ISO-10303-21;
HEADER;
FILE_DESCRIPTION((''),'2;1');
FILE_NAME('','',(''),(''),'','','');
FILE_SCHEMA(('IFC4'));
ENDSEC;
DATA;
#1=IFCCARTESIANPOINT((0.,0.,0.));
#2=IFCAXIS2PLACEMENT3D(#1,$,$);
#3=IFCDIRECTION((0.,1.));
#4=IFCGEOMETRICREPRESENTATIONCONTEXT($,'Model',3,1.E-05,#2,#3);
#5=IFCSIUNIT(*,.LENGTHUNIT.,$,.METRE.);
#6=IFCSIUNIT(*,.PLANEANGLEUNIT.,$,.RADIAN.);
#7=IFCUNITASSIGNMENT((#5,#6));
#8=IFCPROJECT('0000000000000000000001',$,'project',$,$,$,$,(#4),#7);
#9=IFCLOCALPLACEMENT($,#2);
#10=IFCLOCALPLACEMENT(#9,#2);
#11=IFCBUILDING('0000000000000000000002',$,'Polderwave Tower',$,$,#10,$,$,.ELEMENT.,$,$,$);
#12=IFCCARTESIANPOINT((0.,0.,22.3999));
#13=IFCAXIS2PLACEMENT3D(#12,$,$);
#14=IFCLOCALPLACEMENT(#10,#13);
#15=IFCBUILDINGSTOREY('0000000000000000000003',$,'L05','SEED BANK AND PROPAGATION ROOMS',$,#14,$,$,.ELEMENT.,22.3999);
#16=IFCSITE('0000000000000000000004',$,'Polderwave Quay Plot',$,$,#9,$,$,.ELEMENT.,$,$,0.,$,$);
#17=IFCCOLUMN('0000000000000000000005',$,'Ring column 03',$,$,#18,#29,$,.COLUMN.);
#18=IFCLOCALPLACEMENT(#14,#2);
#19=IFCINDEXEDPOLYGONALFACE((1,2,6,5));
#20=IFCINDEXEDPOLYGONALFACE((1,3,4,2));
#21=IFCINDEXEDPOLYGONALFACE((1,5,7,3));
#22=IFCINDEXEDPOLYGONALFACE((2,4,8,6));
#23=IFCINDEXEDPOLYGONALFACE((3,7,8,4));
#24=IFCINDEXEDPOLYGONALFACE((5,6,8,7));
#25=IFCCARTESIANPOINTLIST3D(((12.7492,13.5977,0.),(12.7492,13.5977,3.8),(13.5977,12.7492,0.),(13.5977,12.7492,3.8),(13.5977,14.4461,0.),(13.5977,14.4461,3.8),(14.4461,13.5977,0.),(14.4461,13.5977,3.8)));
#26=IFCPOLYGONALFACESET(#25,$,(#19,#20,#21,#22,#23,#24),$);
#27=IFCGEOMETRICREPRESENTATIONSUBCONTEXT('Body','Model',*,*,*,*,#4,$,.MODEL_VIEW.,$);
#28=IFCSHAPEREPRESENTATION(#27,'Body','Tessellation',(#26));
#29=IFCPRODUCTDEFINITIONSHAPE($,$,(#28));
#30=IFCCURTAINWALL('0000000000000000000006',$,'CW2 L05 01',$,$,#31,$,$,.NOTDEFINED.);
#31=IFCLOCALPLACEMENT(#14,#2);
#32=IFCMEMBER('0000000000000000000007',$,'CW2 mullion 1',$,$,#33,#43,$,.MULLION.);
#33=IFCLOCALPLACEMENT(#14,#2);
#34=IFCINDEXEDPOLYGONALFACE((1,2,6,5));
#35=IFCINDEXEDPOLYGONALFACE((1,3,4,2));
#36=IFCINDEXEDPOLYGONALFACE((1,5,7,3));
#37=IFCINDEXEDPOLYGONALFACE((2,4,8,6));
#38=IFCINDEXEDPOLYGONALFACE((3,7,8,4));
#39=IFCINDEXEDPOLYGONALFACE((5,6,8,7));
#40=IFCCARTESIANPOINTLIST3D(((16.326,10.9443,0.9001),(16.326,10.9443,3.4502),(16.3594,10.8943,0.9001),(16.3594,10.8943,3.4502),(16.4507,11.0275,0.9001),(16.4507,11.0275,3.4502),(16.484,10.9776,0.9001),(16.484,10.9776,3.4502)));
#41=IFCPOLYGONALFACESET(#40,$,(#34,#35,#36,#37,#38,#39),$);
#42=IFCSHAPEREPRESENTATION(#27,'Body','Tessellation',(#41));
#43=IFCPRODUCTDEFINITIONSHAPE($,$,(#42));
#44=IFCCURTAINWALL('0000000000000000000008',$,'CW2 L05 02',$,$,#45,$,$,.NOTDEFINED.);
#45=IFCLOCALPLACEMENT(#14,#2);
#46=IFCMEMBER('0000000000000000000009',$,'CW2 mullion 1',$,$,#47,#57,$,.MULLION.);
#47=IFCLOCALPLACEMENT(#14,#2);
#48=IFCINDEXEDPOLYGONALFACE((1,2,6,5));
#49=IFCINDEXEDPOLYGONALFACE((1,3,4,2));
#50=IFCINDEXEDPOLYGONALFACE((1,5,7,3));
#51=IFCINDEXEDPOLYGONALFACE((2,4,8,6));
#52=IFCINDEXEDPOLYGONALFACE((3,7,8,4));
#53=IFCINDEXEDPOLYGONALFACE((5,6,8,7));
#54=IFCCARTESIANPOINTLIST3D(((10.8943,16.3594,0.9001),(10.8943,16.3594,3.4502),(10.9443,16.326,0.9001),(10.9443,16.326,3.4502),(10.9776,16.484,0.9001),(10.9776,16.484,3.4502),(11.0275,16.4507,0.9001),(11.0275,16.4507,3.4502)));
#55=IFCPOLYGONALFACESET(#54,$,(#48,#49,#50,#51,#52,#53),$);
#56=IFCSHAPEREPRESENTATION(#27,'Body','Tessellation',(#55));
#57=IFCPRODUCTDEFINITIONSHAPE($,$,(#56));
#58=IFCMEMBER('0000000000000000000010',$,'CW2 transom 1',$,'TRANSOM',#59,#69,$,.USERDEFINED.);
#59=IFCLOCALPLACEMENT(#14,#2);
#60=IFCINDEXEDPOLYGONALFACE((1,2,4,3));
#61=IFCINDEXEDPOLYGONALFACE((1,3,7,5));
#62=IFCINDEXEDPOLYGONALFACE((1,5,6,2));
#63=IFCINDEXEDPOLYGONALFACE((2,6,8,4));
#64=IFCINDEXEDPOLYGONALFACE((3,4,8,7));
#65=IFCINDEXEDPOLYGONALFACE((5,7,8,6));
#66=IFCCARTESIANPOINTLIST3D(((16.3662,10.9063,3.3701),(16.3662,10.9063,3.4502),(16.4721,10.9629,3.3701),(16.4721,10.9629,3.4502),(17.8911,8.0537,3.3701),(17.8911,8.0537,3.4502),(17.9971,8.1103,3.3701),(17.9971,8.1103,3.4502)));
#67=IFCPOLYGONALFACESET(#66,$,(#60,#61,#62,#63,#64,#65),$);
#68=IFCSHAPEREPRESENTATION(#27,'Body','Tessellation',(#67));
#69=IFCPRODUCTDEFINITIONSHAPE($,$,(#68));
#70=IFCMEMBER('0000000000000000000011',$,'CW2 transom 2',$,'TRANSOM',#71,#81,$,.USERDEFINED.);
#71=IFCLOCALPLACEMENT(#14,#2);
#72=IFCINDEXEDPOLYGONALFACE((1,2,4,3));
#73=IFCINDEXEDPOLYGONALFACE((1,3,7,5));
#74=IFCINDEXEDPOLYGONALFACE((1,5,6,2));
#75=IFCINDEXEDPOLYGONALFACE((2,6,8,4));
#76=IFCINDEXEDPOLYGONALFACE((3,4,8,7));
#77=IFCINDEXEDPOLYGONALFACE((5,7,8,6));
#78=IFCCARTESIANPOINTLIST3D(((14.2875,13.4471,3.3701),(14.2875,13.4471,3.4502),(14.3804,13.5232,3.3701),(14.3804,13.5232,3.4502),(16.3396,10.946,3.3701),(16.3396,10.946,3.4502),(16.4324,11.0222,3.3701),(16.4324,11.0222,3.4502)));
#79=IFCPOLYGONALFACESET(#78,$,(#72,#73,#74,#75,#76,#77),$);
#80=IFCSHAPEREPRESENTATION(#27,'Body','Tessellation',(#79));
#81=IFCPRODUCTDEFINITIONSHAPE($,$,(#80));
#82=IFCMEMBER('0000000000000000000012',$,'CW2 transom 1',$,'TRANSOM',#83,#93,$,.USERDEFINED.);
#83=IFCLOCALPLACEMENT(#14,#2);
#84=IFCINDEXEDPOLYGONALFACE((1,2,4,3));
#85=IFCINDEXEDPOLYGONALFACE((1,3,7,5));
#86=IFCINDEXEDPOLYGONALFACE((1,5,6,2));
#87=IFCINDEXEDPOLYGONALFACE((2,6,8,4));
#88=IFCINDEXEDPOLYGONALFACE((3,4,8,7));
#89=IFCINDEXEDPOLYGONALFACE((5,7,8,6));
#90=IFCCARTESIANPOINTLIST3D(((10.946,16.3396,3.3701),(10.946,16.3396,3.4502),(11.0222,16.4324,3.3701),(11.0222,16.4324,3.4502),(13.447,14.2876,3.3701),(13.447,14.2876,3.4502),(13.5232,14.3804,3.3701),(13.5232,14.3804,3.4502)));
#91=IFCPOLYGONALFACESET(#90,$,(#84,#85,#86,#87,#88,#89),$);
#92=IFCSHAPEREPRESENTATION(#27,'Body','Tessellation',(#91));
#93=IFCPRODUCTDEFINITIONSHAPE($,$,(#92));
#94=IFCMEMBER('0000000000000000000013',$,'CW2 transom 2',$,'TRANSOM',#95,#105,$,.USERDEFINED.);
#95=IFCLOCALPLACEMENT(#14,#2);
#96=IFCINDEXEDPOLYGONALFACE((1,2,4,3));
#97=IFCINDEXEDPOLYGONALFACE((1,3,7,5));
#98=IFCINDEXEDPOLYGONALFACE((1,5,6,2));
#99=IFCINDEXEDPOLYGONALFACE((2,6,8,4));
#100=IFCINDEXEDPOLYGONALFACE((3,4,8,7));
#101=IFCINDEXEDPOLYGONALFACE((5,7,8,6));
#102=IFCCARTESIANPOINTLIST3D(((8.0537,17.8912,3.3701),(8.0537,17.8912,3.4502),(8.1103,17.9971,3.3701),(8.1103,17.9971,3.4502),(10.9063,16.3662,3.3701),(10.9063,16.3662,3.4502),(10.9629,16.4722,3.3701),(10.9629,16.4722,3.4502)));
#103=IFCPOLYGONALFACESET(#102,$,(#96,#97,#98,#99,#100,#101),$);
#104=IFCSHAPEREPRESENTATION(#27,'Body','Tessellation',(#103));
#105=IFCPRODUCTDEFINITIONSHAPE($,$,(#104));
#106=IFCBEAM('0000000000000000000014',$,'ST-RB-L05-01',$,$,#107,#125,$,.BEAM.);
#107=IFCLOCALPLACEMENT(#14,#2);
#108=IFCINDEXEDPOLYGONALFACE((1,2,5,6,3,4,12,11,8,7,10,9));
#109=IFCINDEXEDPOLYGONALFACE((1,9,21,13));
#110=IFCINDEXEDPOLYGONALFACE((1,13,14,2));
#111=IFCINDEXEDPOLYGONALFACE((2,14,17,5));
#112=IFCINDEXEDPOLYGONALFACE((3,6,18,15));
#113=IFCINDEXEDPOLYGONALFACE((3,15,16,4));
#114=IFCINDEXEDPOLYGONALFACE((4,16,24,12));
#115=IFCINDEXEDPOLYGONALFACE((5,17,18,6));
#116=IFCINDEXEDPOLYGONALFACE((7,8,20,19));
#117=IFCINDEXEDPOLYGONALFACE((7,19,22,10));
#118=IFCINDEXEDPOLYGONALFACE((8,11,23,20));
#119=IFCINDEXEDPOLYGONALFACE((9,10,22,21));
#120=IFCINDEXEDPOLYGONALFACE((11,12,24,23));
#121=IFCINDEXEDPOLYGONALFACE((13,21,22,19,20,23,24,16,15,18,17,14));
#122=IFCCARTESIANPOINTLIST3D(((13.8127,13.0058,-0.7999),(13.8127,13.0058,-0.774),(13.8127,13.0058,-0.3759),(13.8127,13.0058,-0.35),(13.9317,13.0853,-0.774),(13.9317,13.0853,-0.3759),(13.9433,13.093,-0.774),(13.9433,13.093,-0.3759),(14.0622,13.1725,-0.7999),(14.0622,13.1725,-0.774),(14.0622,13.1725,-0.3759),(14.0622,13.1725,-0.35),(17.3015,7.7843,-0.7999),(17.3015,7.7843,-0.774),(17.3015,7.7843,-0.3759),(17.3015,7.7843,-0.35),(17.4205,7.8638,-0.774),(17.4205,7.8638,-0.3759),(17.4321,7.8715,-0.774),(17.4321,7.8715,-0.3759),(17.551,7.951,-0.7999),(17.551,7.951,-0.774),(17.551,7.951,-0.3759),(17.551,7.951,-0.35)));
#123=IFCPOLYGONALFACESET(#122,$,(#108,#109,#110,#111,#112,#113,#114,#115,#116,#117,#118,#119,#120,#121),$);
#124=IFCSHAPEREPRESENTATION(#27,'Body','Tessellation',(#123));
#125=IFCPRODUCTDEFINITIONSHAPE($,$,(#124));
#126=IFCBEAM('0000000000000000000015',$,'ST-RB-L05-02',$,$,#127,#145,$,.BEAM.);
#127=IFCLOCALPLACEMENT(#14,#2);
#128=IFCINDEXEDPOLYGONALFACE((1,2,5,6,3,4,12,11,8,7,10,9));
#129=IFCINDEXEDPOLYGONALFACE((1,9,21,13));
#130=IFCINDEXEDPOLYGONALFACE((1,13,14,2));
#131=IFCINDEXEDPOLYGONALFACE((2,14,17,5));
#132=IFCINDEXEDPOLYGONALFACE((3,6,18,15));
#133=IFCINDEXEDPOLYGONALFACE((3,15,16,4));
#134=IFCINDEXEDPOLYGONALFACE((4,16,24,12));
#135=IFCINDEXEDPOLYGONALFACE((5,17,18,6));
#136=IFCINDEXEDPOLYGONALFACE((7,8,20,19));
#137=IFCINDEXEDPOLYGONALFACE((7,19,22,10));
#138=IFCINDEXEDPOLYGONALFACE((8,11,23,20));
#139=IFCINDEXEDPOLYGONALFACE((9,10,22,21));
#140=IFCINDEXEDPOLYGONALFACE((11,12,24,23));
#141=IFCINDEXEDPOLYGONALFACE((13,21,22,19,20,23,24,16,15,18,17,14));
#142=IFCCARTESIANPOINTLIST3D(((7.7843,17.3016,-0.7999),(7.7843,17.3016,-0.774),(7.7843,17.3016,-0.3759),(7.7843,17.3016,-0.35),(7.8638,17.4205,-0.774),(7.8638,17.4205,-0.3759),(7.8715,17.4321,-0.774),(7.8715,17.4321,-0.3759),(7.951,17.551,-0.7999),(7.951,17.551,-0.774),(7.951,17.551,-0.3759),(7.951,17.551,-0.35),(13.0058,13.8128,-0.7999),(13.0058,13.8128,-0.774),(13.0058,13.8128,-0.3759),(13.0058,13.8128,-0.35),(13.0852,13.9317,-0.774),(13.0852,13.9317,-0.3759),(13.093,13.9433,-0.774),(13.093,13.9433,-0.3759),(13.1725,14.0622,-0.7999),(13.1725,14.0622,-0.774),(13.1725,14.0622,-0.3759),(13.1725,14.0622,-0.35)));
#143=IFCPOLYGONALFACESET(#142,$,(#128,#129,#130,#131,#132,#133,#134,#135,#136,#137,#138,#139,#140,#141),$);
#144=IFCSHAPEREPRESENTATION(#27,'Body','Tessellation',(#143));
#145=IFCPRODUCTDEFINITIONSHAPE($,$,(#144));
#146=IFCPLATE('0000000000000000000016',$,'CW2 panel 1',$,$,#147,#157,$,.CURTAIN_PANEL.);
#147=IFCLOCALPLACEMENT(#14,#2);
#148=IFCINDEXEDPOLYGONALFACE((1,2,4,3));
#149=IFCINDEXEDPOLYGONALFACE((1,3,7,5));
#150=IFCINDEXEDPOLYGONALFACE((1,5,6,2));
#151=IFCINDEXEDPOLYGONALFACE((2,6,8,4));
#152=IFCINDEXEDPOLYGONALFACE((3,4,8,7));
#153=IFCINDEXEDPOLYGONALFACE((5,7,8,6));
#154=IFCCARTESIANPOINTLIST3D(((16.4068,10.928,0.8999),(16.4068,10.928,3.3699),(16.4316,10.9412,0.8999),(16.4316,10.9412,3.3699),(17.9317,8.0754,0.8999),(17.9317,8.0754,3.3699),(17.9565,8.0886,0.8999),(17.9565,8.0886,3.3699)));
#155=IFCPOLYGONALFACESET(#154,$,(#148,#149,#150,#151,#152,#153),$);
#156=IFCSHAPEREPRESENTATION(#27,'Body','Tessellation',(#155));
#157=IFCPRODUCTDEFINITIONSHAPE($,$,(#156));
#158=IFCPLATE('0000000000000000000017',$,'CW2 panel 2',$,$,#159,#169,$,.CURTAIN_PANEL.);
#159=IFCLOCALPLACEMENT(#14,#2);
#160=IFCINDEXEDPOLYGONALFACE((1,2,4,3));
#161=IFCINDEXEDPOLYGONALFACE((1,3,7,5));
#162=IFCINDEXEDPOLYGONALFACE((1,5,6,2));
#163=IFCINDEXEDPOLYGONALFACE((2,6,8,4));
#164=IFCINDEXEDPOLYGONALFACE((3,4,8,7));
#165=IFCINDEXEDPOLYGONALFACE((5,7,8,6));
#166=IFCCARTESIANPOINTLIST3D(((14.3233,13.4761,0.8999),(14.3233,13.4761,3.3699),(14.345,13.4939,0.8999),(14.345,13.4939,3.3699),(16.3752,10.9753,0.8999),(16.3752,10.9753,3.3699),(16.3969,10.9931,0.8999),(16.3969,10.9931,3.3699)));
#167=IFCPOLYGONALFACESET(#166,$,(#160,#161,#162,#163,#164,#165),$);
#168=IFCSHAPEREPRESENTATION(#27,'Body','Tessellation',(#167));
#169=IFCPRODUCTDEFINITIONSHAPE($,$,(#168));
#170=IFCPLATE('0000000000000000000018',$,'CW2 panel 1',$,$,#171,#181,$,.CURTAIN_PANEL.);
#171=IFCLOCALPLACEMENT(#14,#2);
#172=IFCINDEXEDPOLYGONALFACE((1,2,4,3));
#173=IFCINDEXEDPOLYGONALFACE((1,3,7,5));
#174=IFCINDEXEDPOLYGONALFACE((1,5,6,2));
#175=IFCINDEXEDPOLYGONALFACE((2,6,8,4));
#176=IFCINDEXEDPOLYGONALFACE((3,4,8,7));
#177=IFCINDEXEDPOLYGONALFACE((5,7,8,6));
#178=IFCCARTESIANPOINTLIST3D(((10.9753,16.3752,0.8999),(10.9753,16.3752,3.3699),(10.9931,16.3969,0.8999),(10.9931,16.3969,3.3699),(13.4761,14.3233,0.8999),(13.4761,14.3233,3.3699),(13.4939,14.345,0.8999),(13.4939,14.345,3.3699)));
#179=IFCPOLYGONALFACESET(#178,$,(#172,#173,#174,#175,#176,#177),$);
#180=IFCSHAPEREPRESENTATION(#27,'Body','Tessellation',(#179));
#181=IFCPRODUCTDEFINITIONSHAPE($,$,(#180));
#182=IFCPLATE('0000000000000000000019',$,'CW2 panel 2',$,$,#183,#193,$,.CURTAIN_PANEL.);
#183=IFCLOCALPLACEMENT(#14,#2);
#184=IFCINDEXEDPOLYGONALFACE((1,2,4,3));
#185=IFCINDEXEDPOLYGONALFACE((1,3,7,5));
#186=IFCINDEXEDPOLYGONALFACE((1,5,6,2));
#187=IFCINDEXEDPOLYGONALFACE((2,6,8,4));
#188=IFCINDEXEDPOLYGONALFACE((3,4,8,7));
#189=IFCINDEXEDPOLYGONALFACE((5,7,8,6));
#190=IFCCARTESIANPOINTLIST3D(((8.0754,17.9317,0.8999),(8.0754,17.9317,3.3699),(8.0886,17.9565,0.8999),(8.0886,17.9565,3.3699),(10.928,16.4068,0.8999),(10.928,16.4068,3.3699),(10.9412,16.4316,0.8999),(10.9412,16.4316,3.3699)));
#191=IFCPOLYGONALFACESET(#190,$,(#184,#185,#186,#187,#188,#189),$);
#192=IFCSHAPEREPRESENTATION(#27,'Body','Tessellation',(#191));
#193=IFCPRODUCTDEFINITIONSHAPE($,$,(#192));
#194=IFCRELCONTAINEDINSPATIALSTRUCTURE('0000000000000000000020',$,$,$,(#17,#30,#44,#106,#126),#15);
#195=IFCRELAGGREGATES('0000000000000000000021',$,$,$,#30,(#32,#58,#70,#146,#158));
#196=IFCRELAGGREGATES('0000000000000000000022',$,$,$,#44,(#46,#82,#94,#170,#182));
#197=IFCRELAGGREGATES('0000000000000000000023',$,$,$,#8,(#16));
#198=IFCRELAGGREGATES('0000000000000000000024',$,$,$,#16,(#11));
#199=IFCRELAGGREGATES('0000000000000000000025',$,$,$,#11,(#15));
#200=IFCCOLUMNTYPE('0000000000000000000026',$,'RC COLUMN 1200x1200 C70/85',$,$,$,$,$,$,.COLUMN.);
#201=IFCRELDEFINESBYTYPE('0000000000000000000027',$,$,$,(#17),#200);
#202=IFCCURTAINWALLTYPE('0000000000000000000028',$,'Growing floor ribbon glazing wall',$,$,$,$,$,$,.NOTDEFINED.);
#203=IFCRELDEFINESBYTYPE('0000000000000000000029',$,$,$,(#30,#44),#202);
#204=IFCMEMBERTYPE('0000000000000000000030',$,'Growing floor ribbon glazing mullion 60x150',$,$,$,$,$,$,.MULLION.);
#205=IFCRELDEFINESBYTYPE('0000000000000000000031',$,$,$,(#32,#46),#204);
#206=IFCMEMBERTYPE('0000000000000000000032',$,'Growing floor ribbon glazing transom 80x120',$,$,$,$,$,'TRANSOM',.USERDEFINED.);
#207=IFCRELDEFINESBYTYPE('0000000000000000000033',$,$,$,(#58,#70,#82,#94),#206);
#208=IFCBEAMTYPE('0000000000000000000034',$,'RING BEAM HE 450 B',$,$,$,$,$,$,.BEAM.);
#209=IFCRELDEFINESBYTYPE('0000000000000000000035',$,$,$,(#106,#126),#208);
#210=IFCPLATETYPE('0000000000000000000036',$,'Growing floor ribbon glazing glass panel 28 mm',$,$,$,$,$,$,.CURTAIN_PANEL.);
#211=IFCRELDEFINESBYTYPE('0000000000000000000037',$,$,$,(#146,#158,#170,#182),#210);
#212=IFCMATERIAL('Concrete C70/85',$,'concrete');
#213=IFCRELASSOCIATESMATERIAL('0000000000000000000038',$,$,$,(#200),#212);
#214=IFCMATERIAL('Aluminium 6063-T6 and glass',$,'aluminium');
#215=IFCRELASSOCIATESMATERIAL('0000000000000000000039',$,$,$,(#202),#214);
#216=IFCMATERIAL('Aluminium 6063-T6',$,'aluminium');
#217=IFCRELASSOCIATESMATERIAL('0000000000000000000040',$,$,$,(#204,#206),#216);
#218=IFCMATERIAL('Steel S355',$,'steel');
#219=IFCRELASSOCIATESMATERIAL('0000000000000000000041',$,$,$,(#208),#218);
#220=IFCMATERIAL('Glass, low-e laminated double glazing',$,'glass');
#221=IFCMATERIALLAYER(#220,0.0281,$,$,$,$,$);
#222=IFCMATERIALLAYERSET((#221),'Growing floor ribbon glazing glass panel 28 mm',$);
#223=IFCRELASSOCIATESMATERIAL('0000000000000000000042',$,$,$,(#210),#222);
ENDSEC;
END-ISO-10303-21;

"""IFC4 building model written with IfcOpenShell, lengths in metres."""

from ifc_helpers import new_model, si_unit, direction, frame, origin, origin_2d, place, context, subcontext, project, spatial, rectangle, i_section, extrude, material, layer, layer_set, material_profile, profile_set, type_object, element, aggregate, save


model = new_model("IFC4")

# Units and contexts
model_context = context("Model", 3, precision=1e-05, world=origin(), true_north=direction((0.0, 1.0)))
body_context = subcontext(model_context, "Body", "Model", "MODEL_VIEW")
ifc_project = project(units=[si_unit("LENGTHUNIT", "METRE"), si_unit("PLANEANGLEUNIT", "RADIAN")], contexts=[model_context])

# Site, building, storey
site_placement = place(None, origin())
site = spatial("IfcSite", under=ifc_project, at=site_placement, Name="Polderwave Quay Plot", CompositionType="ELEMENT", RefElevation=0.0)
building_placement = place(site_placement, origin())
building = spatial("IfcBuilding", under=site, at=building_placement, Name="Polderwave Tower", CompositionType="ELEMENT")
storey_placement = place(building_placement, frame((0.0, 0.0, 22.3999)))
storey = spatial("IfcBuildingStorey", under=building, at=storey_placement, Name="L05", Description="SEED BANK AND PROPAGATION ROOMS", CompositionType="ELEMENT", Elevation=22.3999)

# Column
ifc_material_1 = material(Name="Concrete C70/85", Category="concrete")
ifc_material_profile_1 = material_profile(ifc_material_1, rectangle(XDim=1.2, YDim=1.2, at=origin_2d()), Name="RC 1200x1200")
ifc_profile_set_1 = profile_set([ifc_material_profile_1], Name="Concrete C70/85")
column_type = type_object("IfcColumnType", Name="RC COLUMN 1200x1200 C70/85", PredefinedType="COLUMN", material=ifc_profile_set_1)
column_placement = place(storey_placement, frame((13.5977, 13.5977, 0.0), z_axis=(0.0, 0.0, 1.0), x_axis=(0.707107, 0.707107, 0.0)))
element("IfcColumn", 1, at=column_placement, inside=storey, type_object=column_type, Name="Ring column 03", PredefinedType="COLUMN", context=body_context, shape_type="SweptSolid", body=[
    extrude(rectangle(XDim=1.2, YDim=1.2, at=origin_2d()), origin(), (0.0, 0.0, 1.0), 3.8),
])

# Curtain walls, members
ifc_material_2 = material(Name="Aluminium 6063-T6 and glass", Category="aluminium")
curtain_wall_type = type_object("IfcCurtainWallType", Name="Growing floor ribbon glazing wall", PredefinedType="NOTDEFINED", material=ifc_material_2)
curtain_wall_1_placement = place(storey_placement, origin())
curtain_wall_1 = element("IfcCurtainWall", 2, at=curtain_wall_1_placement, inside=storey, type_object=curtain_wall_type, Name="CW2 L05 01", PredefinedType="NOTDEFINED")
ifc_material_3 = material(Name="Aluminium 6063-T6", Category="aluminium")
ifc_material_profile_2 = material_profile(ifc_material_3, rectangle(XDim=0.1499, YDim=0.0601, at=origin_2d()), Name="AL 60x150")
ifc_profile_set_2 = profile_set([ifc_material_profile_2], Name="Aluminium 6063-T6")
member_type_1 = type_object("IfcMemberType", Name="Growing floor ribbon glazing mullion 60x150", PredefinedType="MULLION", material=ifc_profile_set_2)
member_1_placement = place(storey_placement, frame((16.405, 10.9609, 0.9001), z_axis=(0.0, 0.0, 1.0), x_axis=(-0.831485, -0.555547, 0.0)))
member_1 = element("IfcMember", 3, at=member_1_placement, type_object=member_type_1, Name="CW2 mullion 1", PredefinedType="MULLION", context=body_context, shape_type="SweptSolid", body=[
    extrude(rectangle(XDim=0.1499, YDim=0.0601, at=origin_2d()), origin(), (0.0, 0.0, 1.0), 2.55),
])
curtain_wall_2_placement = place(storey_placement, origin())
curtain_wall_2 = element("IfcCurtainWall", 4, at=curtain_wall_2_placement, inside=storey, type_object=curtain_wall_type, Name="CW2 L05 02", PredefinedType="NOTDEFINED")
member_2_placement = place(storey_placement, frame((10.9609, 16.405, 0.9001), z_axis=(0.0, 0.0, 1.0), x_axis=(-0.555547, -0.831485, 0.0)))
member_2 = element("IfcMember", 5, at=member_2_placement, type_object=member_type_1, Name="CW2 mullion 1", PredefinedType="MULLION", context=body_context, shape_type="SweptSolid", body=[
    extrude(rectangle(XDim=0.1499, YDim=0.0601, at=origin_2d()), origin(), (0.0, 0.0, 1.0), 2.55),
])

# Members
ifc_material_profile_3 = material_profile(ifc_material_3, rectangle(XDim=0.1201, YDim=0.0801, at=origin_2d()), Name="AL 80x120")
ifc_profile_set_3 = profile_set([ifc_material_profile_3], Name="Aluminium 6063-T6")
member_type_2 = type_object("IfcMemberType", Name="Growing floor ribbon glazing transom 80x120", ElementType="TRANSOM", PredefinedType="USERDEFINED", material=ifc_profile_set_3)
member_3_placement = place(storey_placement, frame((17.9441, 8.082, 3.4102), z_axis=(-0.471442, 0.881897, 0.0), x_axis=(-0.881897, -0.471442, 0.0)))
member_3 = element("IfcMember", 6, at=member_3_placement, type_object=member_type_2, Name="CW2 transom 1", ObjectType="TRANSOM", PredefinedType="USERDEFINED", context=body_context, shape_type="SweptSolid", body=[
    extrude(rectangle(XDim=0.1201, YDim=0.0801, at=origin_2d()), origin(), (0.0, 0.0, 1.0), 3.2346),
])
member_4_placement = place(storey_placement, frame((16.386, 10.9841, 3.4102), z_axis=(-0.634302, 0.773086, 0.0), x_axis=(-0.773086, -0.634302, 0.0)))
member_4 = element("IfcMember", 7, at=member_4_placement, type_object=member_type_2, Name="CW2 transom 2", ObjectType="TRANSOM", PredefinedType="USERDEFINED", context=body_context, shape_type="SweptSolid", body=[
    extrude(rectangle(XDim=0.1201, YDim=0.0801, at=origin_2d()), origin(), (0.0, 0.0, 1.0), 3.2351),
])
member_5_placement = place(storey_placement, frame((13.4851, 14.334, 3.4102), z_axis=(-0.773086, 0.634302, 0.0), x_axis=(-0.634302, -0.773086, 0.0)))
member_5 = element("IfcMember", 8, at=member_5_placement, type_object=member_type_2, Name="CW2 transom 1", ObjectType="TRANSOM", PredefinedType="USERDEFINED", context=body_context, shape_type="SweptSolid", body=[
    extrude(rectangle(XDim=0.1201, YDim=0.0801, at=origin_2d()), origin(), (0.0, 0.0, 1.0), 3.2351),
])
member_6_placement = place(storey_placement, frame((10.9346, 16.4192, 3.4102), z_axis=(-0.881897, 0.471442, 0.0), x_axis=(-0.471442, -0.881897, 0.0)))
member_6 = element("IfcMember", 9, at=member_6_placement, type_object=member_type_2, Name="CW2 transom 2", ObjectType="TRANSOM", PredefinedType="USERDEFINED", context=body_context, shape_type="SweptSolid", body=[
    extrude(rectangle(XDim=0.1201, YDim=0.0801, at=origin_2d()), origin(), (0.0, 0.0, 1.0), 3.2346),
])

# Beams
ifc_material_4 = material(Name="Steel S355", Category="steel")
ifc_material_profile_4 = material_profile(ifc_material_4, i_section(OverallWidth=0.3, OverallDepth=0.45, WebThickness=0.0139, FlangeThickness=0.0259, at=origin_2d()), Name="HE 450 B")
ifc_profile_set_4 = profile_set([ifc_material_profile_4], Name="Steel S355")
beam_type = type_object("IfcBeamType", Name="RING BEAM HE 450 B", PredefinedType="BEAM", material=ifc_profile_set_4)
for number, where, z_axis, x_axis, name in (
    (10, (17.4263, 7.8677, -0.575), (-0.555561, 0.831476, 0.0), (-0.831476, -0.555561, 0.0), "ST-RB-L05-01"),
    (11, (13.0891, 13.9375, -0.575), (-0.831476, 0.555561, 0.0), (-0.555561, -0.831476, 0.0), "ST-RB-L05-02"),
):
    element("IfcBeam", number, at=place(storey_placement, frame(where, z_axis=z_axis, x_axis=x_axis)), inside=storey, type_object=beam_type, Name=name, PredefinedType="BEAM", context=body_context, shape_type="SweptSolid", body=[
        extrude(i_section(OverallWidth=0.3, OverallDepth=0.45, WebThickness=0.0139, FlangeThickness=0.0259, at=origin_2d()), origin(), (0.0, 0.0, 1.0), 6.2798),
    ])

# Plates
ifc_material_5 = material(Name="Glass, low-e laminated double glazing", Category="glass")
ifc_layer_1 = layer(ifc_material_5, 0.0281)
ifc_layer_set_1 = layer_set([ifc_layer_1], Name="Growing floor ribbon glazing glass panel 28 mm")
plate_type = type_object("IfcPlateType", Name="Growing floor ribbon glazing glass panel 28 mm", PredefinedType="CURTAIN_PANEL", material=ifc_layer_set_1)
plate_1_placement = place(storey_placement, frame((17.1816, 9.5083, 0.8999), z_axis=(0.0, 0.0, 1.0), x_axis=(-0.471431, 0.881903, 0.0)))
plate_1 = element("IfcPlate", 12, at=plate_1_placement, type_object=plate_type, Name="CW2 panel 1", PredefinedType="CURTAIN_PANEL", context=body_context, shape_type="SweptSolid", body=[
    extrude(rectangle(XDim=3.2346, YDim=0.0281, at=origin_2d()), origin(), (0.0, 0.0, 1.0), 2.47),
])
plate_2_placement = place(storey_placement, frame((15.3601, 12.2346, 0.8999), z_axis=(0.0, 0.0, 1.0), x_axis=(-0.634322, 0.773069, 0.0)))
plate_2 = element("IfcPlate", 13, at=plate_2_placement, type_object=plate_type, Name="CW2 panel 2", PredefinedType="CURTAIN_PANEL", context=body_context, shape_type="SweptSolid", body=[
    extrude(rectangle(XDim=3.2349, YDim=0.0281, at=origin_2d()), origin(), (0.0, 0.0, 1.0), 2.47),
])
aggregate(curtain_wall_1, [member_1, member_3, member_4, plate_1, plate_2])
plate_3_placement = place(storey_placement, frame((12.2346, 15.3601, 0.8999), z_axis=(0.0, 0.0, 1.0), x_axis=(-0.773069, 0.634322, 0.0)))
plate_3 = element("IfcPlate", 14, at=plate_3_placement, type_object=plate_type, Name="CW2 panel 1", PredefinedType="CURTAIN_PANEL", context=body_context, shape_type="SweptSolid", body=[
    extrude(rectangle(XDim=3.2349, YDim=0.0281, at=origin_2d()), origin(), (0.0, 0.0, 1.0), 2.47),
])
plate_4_placement = place(storey_placement, frame((9.5083, 17.1816, 0.8999), z_axis=(0.0, 0.0, 1.0), x_axis=(-0.881903, 0.471431, 0.0)))
plate_4 = element("IfcPlate", 15, at=plate_4_placement, type_object=plate_type, Name="CW2 panel 2", PredefinedType="CURTAIN_PANEL", context=body_context, shape_type="SweptSolid", body=[
    extrude(rectangle(XDim=3.2346, YDim=0.0281, at=origin_2d()), origin(), (0.0, 0.0, 1.0), 2.47),
])
aggregate(curtain_wall_2, [member_2, member_5, member_6, plate_3, plate_4])

save(model, "model.ifc")
